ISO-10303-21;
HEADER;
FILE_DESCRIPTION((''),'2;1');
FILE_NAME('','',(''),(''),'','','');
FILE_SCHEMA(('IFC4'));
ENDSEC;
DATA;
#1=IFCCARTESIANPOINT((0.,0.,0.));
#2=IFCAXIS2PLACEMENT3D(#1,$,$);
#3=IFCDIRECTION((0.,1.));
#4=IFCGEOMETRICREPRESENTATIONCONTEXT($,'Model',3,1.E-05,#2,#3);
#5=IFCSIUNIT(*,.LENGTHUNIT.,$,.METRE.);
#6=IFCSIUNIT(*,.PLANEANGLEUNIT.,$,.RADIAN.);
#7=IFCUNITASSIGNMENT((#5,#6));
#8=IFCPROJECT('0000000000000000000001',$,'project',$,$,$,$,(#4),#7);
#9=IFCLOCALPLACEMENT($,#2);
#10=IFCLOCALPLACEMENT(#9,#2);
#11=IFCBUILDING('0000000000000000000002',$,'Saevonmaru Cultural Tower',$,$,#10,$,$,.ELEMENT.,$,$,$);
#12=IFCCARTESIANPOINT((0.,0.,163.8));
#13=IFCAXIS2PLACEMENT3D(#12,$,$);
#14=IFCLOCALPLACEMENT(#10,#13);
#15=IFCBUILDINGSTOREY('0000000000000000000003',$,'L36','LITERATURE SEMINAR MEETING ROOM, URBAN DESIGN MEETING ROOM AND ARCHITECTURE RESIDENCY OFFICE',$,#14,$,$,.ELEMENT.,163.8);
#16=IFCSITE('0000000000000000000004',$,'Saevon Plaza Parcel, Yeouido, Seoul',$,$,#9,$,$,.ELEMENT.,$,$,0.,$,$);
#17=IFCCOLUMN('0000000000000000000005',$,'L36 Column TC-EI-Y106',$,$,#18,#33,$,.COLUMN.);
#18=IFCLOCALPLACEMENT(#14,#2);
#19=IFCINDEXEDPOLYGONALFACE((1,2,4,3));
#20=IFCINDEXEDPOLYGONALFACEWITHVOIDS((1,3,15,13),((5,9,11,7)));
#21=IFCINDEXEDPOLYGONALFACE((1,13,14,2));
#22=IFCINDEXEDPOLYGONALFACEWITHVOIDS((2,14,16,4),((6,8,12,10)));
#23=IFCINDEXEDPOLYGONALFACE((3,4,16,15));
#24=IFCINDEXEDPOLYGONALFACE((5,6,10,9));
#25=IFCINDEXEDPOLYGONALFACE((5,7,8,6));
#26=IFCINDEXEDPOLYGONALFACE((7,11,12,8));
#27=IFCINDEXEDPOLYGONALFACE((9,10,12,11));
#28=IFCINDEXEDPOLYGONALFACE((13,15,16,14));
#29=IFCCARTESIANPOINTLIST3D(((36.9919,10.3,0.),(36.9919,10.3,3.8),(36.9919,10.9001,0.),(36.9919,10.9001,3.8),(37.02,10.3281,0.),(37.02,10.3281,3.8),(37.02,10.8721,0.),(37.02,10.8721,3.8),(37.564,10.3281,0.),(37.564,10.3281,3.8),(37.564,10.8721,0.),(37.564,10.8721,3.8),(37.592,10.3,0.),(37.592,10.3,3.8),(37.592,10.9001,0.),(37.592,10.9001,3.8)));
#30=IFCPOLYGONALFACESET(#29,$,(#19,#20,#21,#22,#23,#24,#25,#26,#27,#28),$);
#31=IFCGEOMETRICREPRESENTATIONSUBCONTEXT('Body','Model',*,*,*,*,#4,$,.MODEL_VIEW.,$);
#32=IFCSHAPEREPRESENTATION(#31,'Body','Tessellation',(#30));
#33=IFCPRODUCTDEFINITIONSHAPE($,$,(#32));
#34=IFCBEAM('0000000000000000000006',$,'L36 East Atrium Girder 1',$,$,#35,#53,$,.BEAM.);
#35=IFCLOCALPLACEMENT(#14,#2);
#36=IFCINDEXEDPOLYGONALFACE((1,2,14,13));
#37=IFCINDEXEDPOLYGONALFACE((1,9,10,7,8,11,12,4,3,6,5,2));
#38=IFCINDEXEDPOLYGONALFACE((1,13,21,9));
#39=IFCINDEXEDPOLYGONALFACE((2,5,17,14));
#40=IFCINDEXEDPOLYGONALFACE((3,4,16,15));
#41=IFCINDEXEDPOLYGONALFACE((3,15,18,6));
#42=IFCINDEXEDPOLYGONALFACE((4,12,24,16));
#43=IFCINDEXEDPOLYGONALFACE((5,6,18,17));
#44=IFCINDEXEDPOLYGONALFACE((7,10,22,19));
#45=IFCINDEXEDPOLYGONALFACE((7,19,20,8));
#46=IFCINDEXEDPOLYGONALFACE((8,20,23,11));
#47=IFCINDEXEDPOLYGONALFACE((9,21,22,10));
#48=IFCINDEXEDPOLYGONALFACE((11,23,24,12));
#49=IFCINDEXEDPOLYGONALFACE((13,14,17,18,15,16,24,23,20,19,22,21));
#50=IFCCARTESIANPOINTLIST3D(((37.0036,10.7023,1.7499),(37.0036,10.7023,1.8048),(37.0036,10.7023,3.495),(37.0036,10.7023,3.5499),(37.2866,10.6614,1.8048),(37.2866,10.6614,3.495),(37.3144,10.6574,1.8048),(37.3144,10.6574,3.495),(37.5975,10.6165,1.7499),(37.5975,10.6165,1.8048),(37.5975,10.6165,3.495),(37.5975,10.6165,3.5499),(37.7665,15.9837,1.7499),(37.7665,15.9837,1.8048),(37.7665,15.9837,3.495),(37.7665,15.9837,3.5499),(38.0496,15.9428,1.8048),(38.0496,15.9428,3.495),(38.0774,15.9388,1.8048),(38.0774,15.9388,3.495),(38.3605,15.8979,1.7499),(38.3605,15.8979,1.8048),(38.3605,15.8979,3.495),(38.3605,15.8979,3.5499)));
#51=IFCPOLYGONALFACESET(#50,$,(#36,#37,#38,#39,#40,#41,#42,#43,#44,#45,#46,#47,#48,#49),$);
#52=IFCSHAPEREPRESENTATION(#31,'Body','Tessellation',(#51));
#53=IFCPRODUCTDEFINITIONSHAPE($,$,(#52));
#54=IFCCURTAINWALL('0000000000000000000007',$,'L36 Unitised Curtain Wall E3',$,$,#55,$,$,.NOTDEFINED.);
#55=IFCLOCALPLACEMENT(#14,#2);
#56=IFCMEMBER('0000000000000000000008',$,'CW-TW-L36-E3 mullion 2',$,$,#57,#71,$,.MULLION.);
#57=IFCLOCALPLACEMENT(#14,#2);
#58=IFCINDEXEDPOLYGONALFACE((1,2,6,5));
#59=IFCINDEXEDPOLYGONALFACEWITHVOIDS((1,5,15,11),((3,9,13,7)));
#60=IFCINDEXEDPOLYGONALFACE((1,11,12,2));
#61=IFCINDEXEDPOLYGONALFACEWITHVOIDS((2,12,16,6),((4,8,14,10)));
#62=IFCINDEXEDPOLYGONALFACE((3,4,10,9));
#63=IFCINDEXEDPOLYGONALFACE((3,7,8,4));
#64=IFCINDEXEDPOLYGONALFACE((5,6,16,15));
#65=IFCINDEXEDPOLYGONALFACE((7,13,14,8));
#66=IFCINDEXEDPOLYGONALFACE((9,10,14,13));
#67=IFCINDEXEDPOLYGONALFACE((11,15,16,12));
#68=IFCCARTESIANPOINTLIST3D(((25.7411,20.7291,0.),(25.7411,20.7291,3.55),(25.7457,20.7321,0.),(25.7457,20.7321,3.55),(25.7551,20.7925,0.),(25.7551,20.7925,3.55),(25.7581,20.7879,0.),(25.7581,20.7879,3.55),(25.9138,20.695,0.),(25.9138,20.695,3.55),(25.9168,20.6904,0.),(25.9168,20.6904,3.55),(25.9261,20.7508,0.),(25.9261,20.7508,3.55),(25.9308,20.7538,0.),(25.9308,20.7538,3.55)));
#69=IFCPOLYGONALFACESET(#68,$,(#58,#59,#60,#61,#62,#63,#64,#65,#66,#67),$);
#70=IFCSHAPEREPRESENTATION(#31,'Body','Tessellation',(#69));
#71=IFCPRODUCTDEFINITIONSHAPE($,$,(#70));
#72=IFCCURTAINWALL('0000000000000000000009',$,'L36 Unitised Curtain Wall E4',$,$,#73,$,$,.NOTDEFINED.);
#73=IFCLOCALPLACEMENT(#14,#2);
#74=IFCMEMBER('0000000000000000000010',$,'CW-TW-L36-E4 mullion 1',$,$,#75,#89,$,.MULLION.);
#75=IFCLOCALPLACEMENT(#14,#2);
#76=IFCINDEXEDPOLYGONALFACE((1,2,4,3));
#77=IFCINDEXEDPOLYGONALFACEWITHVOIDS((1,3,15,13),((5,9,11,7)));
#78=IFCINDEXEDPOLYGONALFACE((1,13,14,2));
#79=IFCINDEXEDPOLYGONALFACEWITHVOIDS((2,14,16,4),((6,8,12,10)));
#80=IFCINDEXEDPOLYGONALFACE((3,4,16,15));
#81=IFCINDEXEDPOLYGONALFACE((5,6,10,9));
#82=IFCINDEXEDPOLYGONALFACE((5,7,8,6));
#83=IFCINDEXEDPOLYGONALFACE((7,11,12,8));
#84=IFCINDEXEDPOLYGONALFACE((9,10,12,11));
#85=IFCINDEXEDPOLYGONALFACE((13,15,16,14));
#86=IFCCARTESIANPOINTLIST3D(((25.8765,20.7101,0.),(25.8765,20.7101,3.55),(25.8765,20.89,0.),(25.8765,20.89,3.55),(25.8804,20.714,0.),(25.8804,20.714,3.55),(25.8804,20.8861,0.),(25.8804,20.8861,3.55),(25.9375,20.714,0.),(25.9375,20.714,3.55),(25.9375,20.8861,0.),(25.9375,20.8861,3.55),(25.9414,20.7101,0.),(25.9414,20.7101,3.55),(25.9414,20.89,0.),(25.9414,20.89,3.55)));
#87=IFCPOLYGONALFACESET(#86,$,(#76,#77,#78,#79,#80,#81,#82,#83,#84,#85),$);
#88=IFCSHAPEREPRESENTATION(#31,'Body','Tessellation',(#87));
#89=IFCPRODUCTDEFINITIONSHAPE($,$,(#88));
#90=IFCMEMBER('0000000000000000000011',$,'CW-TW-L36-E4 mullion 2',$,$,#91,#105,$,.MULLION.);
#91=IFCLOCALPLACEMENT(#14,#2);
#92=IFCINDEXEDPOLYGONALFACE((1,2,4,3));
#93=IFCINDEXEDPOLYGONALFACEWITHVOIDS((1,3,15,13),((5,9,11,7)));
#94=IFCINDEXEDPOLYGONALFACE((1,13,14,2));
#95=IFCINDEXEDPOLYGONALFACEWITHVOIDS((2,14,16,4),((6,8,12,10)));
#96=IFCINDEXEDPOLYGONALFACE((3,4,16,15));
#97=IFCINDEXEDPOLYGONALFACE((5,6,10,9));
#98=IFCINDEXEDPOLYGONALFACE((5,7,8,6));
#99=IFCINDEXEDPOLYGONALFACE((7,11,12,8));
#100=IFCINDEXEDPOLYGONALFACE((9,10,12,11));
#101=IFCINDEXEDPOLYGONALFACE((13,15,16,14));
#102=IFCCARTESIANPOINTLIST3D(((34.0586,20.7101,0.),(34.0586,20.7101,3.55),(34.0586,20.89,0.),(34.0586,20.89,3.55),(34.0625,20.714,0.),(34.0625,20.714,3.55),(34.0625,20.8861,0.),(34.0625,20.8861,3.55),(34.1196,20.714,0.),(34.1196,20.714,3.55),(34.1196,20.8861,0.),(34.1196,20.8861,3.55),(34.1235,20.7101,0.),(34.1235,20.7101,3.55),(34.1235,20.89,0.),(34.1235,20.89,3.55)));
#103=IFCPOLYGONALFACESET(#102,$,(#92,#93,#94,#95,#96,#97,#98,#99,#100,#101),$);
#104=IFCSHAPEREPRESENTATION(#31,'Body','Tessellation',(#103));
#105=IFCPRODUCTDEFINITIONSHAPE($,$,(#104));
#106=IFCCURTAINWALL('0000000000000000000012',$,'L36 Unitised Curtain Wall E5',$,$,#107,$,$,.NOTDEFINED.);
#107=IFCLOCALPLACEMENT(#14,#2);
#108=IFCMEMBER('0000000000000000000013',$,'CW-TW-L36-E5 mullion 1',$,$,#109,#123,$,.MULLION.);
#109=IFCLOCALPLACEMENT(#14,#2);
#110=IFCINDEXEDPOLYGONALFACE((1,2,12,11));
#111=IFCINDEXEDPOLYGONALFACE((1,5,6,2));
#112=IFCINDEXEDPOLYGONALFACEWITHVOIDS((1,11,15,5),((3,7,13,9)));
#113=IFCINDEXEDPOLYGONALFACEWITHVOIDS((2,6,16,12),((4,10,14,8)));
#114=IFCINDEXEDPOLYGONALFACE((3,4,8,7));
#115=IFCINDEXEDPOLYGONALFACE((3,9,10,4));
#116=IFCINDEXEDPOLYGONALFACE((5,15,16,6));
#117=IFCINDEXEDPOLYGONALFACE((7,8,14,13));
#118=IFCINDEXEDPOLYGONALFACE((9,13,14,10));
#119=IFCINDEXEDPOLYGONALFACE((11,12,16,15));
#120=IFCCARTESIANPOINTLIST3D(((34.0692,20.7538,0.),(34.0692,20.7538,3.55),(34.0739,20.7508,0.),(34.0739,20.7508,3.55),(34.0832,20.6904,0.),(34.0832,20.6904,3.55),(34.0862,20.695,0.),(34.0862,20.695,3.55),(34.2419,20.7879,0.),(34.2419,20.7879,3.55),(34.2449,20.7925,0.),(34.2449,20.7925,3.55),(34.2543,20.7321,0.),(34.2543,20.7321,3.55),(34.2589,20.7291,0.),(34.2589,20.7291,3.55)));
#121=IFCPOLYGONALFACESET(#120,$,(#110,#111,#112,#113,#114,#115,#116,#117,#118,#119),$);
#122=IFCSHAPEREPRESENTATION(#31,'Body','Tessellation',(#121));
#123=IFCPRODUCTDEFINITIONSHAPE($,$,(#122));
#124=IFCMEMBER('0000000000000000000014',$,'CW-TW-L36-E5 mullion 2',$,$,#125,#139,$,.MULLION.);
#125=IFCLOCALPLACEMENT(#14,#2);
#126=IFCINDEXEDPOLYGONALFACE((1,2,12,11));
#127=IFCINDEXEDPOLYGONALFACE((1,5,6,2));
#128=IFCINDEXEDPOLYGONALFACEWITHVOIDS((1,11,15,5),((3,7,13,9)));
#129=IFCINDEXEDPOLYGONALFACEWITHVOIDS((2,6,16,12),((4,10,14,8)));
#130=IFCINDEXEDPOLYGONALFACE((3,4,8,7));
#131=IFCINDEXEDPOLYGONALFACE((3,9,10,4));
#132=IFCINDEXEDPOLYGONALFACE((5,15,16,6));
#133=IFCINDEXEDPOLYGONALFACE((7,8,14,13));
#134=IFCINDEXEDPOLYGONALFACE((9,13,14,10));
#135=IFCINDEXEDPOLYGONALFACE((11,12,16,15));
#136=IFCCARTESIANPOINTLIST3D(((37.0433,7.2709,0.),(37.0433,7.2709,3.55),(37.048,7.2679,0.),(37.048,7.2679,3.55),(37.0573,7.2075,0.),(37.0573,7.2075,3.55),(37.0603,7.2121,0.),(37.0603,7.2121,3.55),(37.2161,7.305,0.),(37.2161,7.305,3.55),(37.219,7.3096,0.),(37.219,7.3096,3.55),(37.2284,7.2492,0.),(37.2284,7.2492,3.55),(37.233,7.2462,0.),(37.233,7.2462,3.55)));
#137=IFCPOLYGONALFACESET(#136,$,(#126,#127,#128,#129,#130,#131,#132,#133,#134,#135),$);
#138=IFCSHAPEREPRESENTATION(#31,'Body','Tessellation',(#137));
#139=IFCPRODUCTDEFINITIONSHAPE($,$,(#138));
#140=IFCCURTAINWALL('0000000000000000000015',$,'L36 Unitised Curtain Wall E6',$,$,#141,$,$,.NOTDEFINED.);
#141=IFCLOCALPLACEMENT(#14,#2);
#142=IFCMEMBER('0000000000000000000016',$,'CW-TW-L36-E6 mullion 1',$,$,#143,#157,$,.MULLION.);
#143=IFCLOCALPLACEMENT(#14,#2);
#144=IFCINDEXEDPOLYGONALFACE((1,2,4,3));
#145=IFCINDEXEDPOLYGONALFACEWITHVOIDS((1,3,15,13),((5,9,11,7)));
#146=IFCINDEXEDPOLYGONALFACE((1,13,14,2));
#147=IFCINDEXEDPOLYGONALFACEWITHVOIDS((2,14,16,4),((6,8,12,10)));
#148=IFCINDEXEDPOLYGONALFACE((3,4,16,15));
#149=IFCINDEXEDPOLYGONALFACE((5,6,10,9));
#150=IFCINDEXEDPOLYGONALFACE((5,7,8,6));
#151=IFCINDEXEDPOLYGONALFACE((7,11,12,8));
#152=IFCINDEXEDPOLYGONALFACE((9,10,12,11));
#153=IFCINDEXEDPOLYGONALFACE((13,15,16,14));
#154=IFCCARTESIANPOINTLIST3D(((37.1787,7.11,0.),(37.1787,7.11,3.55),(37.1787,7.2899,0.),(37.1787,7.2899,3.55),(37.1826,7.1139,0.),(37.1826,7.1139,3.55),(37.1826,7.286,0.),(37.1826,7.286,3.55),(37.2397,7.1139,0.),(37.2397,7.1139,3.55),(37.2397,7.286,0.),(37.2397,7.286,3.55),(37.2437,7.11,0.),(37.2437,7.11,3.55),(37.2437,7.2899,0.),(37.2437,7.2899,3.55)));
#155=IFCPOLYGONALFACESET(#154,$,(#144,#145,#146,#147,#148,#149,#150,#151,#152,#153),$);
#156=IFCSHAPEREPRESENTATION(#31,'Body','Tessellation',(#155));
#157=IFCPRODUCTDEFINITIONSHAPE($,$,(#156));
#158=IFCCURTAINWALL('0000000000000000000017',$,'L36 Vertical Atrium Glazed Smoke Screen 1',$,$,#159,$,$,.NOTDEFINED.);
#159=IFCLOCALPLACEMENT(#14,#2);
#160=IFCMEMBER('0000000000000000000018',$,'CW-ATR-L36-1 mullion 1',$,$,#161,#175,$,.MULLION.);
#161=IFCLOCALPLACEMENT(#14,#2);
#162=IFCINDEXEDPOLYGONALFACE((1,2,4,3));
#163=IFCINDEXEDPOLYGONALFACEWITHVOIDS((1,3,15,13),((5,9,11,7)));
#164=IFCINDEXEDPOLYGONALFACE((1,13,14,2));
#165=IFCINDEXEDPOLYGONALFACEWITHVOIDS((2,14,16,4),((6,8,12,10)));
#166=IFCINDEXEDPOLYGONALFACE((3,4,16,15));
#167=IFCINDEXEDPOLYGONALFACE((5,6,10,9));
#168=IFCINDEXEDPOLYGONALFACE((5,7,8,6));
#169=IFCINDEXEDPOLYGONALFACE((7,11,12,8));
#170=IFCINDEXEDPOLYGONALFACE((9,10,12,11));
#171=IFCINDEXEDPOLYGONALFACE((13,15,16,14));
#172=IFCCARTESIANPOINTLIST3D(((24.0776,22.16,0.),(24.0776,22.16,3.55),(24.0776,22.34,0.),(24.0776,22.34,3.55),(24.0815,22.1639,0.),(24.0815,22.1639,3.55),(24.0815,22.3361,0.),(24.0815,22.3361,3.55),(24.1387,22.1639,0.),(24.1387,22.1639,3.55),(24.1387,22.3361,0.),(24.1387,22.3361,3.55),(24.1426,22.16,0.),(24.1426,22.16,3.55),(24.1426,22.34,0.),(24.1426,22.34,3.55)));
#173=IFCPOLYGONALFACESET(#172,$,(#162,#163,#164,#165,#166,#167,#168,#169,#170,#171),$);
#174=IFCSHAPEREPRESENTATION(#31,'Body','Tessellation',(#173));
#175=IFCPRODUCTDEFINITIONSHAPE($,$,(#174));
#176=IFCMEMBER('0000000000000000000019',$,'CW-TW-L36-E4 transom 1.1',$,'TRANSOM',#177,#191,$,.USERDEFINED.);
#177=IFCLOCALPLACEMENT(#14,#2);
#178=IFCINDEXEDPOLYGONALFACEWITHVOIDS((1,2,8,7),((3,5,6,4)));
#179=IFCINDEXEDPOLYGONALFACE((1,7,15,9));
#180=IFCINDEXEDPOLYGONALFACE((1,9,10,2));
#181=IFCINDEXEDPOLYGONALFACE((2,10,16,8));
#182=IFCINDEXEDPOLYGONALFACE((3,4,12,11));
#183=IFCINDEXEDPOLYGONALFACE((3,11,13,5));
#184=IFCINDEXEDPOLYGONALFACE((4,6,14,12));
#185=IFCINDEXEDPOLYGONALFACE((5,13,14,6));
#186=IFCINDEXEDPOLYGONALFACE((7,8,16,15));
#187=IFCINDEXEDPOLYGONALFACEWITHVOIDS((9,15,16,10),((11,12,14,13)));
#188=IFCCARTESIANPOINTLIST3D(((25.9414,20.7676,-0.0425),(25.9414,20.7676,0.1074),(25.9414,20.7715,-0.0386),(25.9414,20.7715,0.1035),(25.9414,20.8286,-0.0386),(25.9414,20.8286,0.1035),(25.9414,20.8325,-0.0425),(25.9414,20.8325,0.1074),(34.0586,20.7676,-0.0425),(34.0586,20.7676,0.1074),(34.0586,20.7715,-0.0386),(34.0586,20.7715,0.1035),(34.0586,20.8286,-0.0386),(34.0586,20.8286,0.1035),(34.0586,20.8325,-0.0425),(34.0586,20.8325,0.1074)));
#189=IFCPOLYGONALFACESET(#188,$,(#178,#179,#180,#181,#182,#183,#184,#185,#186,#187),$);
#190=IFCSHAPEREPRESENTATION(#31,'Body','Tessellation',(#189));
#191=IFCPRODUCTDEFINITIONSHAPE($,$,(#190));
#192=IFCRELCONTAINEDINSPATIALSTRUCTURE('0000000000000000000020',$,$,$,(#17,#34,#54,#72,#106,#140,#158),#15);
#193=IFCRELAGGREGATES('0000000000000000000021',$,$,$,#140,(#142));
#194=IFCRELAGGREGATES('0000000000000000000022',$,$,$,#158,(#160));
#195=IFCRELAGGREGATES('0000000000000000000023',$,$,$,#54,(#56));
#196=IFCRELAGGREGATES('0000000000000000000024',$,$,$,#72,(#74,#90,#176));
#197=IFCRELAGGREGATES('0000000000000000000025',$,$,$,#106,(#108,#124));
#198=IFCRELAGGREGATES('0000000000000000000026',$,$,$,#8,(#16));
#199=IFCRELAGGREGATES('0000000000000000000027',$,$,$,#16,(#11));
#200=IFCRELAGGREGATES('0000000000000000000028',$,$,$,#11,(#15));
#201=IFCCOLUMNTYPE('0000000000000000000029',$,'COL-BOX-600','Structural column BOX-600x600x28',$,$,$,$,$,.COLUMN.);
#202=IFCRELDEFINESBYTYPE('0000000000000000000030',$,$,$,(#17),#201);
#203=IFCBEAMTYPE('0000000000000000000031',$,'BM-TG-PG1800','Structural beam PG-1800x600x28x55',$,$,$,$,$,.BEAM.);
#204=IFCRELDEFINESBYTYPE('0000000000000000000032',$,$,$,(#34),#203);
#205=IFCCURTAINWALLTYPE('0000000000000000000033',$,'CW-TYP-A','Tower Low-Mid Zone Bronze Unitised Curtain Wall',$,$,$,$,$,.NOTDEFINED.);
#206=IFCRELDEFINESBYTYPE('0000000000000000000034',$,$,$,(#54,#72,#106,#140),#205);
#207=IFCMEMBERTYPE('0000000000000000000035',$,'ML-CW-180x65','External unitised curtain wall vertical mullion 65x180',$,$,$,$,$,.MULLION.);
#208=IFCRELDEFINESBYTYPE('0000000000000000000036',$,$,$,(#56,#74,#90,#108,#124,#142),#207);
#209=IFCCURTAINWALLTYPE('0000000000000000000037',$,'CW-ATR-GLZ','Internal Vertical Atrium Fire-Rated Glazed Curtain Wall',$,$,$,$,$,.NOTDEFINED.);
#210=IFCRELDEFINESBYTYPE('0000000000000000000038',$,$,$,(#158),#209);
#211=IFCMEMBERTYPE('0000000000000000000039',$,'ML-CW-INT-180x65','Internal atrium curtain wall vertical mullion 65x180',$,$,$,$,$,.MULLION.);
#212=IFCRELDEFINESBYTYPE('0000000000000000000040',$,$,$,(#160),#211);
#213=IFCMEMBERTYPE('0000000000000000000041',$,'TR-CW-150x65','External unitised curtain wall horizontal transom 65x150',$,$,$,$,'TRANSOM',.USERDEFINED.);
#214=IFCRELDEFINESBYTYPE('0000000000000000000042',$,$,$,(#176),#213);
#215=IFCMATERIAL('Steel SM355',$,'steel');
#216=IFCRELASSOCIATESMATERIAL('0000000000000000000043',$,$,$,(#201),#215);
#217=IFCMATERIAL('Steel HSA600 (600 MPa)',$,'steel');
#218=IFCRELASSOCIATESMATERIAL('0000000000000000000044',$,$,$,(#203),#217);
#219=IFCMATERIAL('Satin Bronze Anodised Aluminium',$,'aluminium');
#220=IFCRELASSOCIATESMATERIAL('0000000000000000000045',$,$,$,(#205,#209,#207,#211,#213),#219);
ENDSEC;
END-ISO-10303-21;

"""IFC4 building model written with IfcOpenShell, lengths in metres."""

from ifc_helpers import new_model, si_unit, direction, frame, origin, origin_2d, place, context, subcontext, project, spatial, hollow_rectangle, i_section, extrude, material, material_profile, profile_set, type_object, element, aggregate, save


model = new_model("IFC4")

# Units and contexts
model_context = context("Model", 3, precision=1e-05, world=origin(), true_north=direction((0.0, 1.0)))
body_context = subcontext(model_context, "Body", "Model", "MODEL_VIEW")
ifc_project = project(units=[si_unit("LENGTHUNIT", "METRE"), si_unit("PLANEANGLEUNIT", "RADIAN")], contexts=[model_context])

# Site, building, storey
site_placement = place(None, origin())
site = spatial("IfcSite", under=ifc_project, at=site_placement, Name="Saevon Plaza Parcel, Yeouido, Seoul", CompositionType="ELEMENT", RefElevation=0.0)
building_placement = place(site_placement, origin())
building = spatial("IfcBuilding", under=site, at=building_placement, Name="Saevonmaru Cultural Tower", CompositionType="ELEMENT")
storey_placement = place(building_placement, frame((0.0, 0.0, 163.8)))
storey = spatial("IfcBuildingStorey", under=building, at=storey_placement, Name="L36", Description="LITERATURE SEMINAR MEETING ROOM, URBAN DESIGN MEETING ROOM AND ARCHITECTURE RESIDENCY OFFICE", CompositionType="ELEMENT", Elevation=163.8)

# Column
ifc_material_1 = material(Name="Steel SM355", Category="steel")
ifc_material_profile_1 = material_profile(ifc_material_1, hollow_rectangle(XDim=0.6001, YDim=0.6001, WallThickness=0.0281, at=origin_2d()), Name="BOX-600x600x28")
ifc_profile_set_1 = profile_set([ifc_material_profile_1], Name="Steel SM355")
column_type = type_object("IfcColumnType", Name="COL-BOX-600", Description="Structural column BOX-600x600x28", PredefinedType="COLUMN", material=ifc_profile_set_1)
column_placement = place(storey_placement, frame((37.292, 10.6001, 0.0), z_axis=(0.0, 0.0, 1.0), x_axis=(1.0, 0.0, 0.0)))
element("IfcColumn", 1, at=column_placement, inside=storey, type_object=column_type, Name="L36 Column TC-EI-Y106", PredefinedType="COLUMN", context=body_context, shape_type="SweptSolid", body=[
    extrude(hollow_rectangle(XDim=0.6001, YDim=0.6001, WallThickness=0.0281, at=origin_2d()), origin(), (0.0, 0.0, 1.0), 3.8),
])

# Beam
ifc_material_2 = material(Name="Steel HSA600 (600 MPa)", Category="steel")
ifc_material_profile_2 = material_profile(ifc_material_2, i_section(OverallWidth=0.6001, OverallDepth=1.8, WebThickness=0.0281, FlangeThickness=0.0549, at=origin_2d()), Name="PG-1800x600x28x55")
ifc_profile_set_2 = profile_set([ifc_material_profile_2], Name="Steel HSA600 (600 MPa)")
beam_type = type_object("IfcBeamType", Name="BM-TG-PG1800", Description="Structural beam PG-1800x600x28x55", PredefinedType="BEAM", material=ifc_profile_set_2)
beam_placement = place(storey_placement, frame((37.3005, 10.6594, 2.6499), z_axis=(0.142978, 0.989726, 0.0), x_axis=(-0.989726, 0.142978, 0.0)))
element("IfcBeam", 2, at=beam_placement, inside=storey, type_object=beam_type, Name="L36 East Atrium Girder 1", PredefinedType="BEAM", context=body_context, shape_type="SweptSolid", body=[
    extrude(i_section(OverallWidth=0.6001, OverallDepth=1.8, WebThickness=0.0281, FlangeThickness=0.0549, at=origin_2d()), origin(), (0.0, 0.0, 1.0), 5.3362),
])

# Curtain wall, member
ifc_material_3 = material(Name="Satin Bronze Anodised Aluminium", Category="aluminium")
curtain_wall_type_1 = type_object("IfcCurtainWallType", Name="CW-TYP-A", Description="Tower Low-Mid Zone Bronze Unitised Curtain Wall", PredefinedType="NOTDEFINED", material=ifc_material_3)
curtain_wall_1_placement = place(storey_placement, origin())
curtain_wall_1 = element("IfcCurtainWall", 3, at=curtain_wall_1_placement, inside=storey, type_object=curtain_wall_type_1, Name="L36 Unitised Curtain Wall E3", PredefinedType="NOTDEFINED")
ifc_material_profile_3 = material_profile(ifc_material_3, hollow_rectangle(XDim=0.0649, YDim=0.1799, WallThickness=0.0039, at=origin_2d()), Name="ALU-MULL-180x65x4")
ifc_profile_set_3 = profile_set([ifc_material_profile_3], Name="Satin Bronze Anodised Aluminium")
member_type_1 = type_object("IfcMemberType", Name="ML-CW-180x65", Description="External unitised curtain wall vertical mullion 65x180", PredefinedType="MULLION", material=ifc_profile_set_3)
member_1_placement = place(storey_placement, frame((25.8359, 20.7415, 0.0), z_axis=(0.0, 0.0, 1.0), x_axis=(0.215413, 0.976523, 0.0)))
member_1 = element("IfcMember", 4, at=member_1_placement, type_object=member_type_1, Name="CW-TW-L36-E3 mullion 2", PredefinedType="MULLION", context=body_context, shape_type="SweptSolid", body=[
    extrude(hollow_rectangle(XDim=0.0649, YDim=0.1799, WallThickness=0.0039, at=origin_2d()), origin(), (0.0, 0.0, 1.0), 3.55),
])

# Curtain walls, members
curtain_wall_2_placement = place(storey_placement, origin())
curtain_wall_2 = element("IfcCurtainWall", 5, at=curtain_wall_2_placement, inside=storey, type_object=curtain_wall_type_1, Name="L36 Unitised Curtain Wall E4", PredefinedType="NOTDEFINED")
member_2_placement = place(storey_placement, frame((25.9089, 20.8, 0.0), z_axis=(0.0, 0.0, 1.0), x_axis=(1.0, 0.0, 0.0)))
member_2 = element("IfcMember", 6, at=member_2_placement, type_object=member_type_1, Name="CW-TW-L36-E4 mullion 1", PredefinedType="MULLION", context=body_context, shape_type="SweptSolid", body=[
    extrude(hollow_rectangle(XDim=0.0649, YDim=0.1799, WallThickness=0.0039, at=origin_2d()), origin(), (0.0, 0.0, 1.0), 3.55),
])
member_3_placement = place(storey_placement, frame((34.0911, 20.8, 0.0), z_axis=(0.0, 0.0, 1.0), x_axis=(1.0, 0.0, 0.0)))
member_3 = element("IfcMember", 7, at=member_3_placement, type_object=member_type_1, Name="CW-TW-L36-E4 mullion 2", PredefinedType="MULLION", context=body_context, shape_type="SweptSolid", body=[
    extrude(hollow_rectangle(XDim=0.0649, YDim=0.1799, WallThickness=0.0039, at=origin_2d()), origin(), (0.0, 0.0, 1.0), 3.55),
])
curtain_wall_3_placement = place(storey_placement, origin())
curtain_wall_3 = element("IfcCurtainWall", 8, at=curtain_wall_3_placement, inside=storey, type_object=curtain_wall_type_1, Name="L36 Unitised Curtain Wall E5", PredefinedType="NOTDEFINED")
member_4_placement = place(storey_placement, frame((34.1641, 20.7415, 0.0), z_axis=(0.0, 0.0, 1.0), x_axis=(0.215413, -0.976523, 0.0)))
member_4 = element("IfcMember", 9, at=member_4_placement, type_object=member_type_1, Name="CW-TW-L36-E5 mullion 1", PredefinedType="MULLION", context=body_context, shape_type="SweptSolid", body=[
    extrude(hollow_rectangle(XDim=0.0649, YDim=0.1799, WallThickness=0.0039, at=origin_2d()), origin(), (0.0, 0.0, 1.0), 3.55),
])
member_5_placement = place(storey_placement, frame((37.1382, 7.2585, 0.0), z_axis=(0.0, 0.0, 1.0), x_axis=(0.215413, -0.976523, 0.0)))
member_5 = element("IfcMember", 10, at=member_5_placement, type_object=member_type_1, Name="CW-TW-L36-E5 mullion 2", PredefinedType="MULLION", context=body_context, shape_type="SweptSolid", body=[
    extrude(hollow_rectangle(XDim=0.0649, YDim=0.1799, WallThickness=0.0039, at=origin_2d()), origin(), (0.0, 0.0, 1.0), 3.55),
])

# Curtain walls, members
curtain_wall_4_placement = place(storey_placement, origin())
curtain_wall_4 = element("IfcCurtainWall", 11, at=curtain_wall_4_placement, inside=storey, type_object=curtain_wall_type_1, Name="L36 Unitised Curtain Wall E6", PredefinedType="NOTDEFINED")
member_6_placement = place(storey_placement, frame((37.2112, 7.2, 0.0), z_axis=(0.0, 0.0, 1.0), x_axis=(1.0, 0.0, 0.0)))
member_6 = element("IfcMember", 12, at=member_6_placement, type_object=member_type_1, Name="CW-TW-L36-E6 mullion 1", PredefinedType="MULLION", context=body_context, shape_type="SweptSolid", body=[
    extrude(hollow_rectangle(XDim=0.0649, YDim=0.1799, WallThickness=0.0039, at=origin_2d()), origin(), (0.0, 0.0, 1.0), 3.55),
])
curtain_wall_type_2 = type_object("IfcCurtainWallType", Name="CW-ATR-GLZ", Description="Internal Vertical Atrium Fire-Rated Glazed Curtain Wall", PredefinedType="NOTDEFINED", material=ifc_material_3)
curtain_wall_5_placement = place(storey_placement, origin())
curtain_wall_5 = element("IfcCurtainWall", 13, at=curtain_wall_5_placement, inside=storey, type_object=curtain_wall_type_2, Name="L36 Vertical Atrium Glazed Smoke Screen 1", PredefinedType="NOTDEFINED")
ifc_material_profile_4 = material_profile(ifc_material_3, hollow_rectangle(XDim=0.0649, YDim=0.1799, WallThickness=0.0039, at=origin_2d()), Name="ALU-MULL-180x65x4")
ifc_profile_set_4 = profile_set([ifc_material_profile_4], Name="Satin Bronze Anodised Aluminium")
member_type_2 = type_object("IfcMemberType", Name="ML-CW-INT-180x65", Description="Internal atrium curtain wall vertical mullion 65x180", PredefinedType="MULLION", material=ifc_profile_set_4)
member_7_placement = place(storey_placement, frame((24.1101, 22.25, 0.0), z_axis=(0.0, 0.0, 1.0), x_axis=(1.0, 0.0, 0.0)))
member_7 = element("IfcMember", 14, at=member_7_placement, type_object=member_type_2, Name="CW-ATR-L36-1 mullion 1", PredefinedType="MULLION", context=body_context, shape_type="SweptSolid", body=[
    extrude(hollow_rectangle(XDim=0.0649, YDim=0.1799, WallThickness=0.0039, at=origin_2d()), origin(), (0.0, 0.0, 1.0), 3.55),
])

# Member
ifc_material_profile_5 = material_profile(ifc_material_3, hollow_rectangle(XDim=0.0649, YDim=0.1499, WallThickness=0.0039, at=origin_2d()), Name="ALU-TRAN-150x65x4")
ifc_profile_set_5 = profile_set([ifc_material_profile_5], Name="Satin Bronze Anodised Aluminium")
member_type_3 = type_object("IfcMemberType", Name="TR-CW-150x65", Description="External unitised curtain wall horizontal transom 65x150", ElementType="TRANSOM", PredefinedType="USERDEFINED", material=ifc_profile_set_5)
member_8_placement = place(storey_placement, frame((25.9414, 20.8, 0.0325), z_axis=(1.0, 0.0, 0.0), x_axis=(0.0, 1.0, 0.0)))
member_8 = element("IfcMember", 15, at=member_8_placement, type_object=member_type_3, Name="CW-TW-L36-E4 transom 1.1", ObjectType="TRANSOM", PredefinedType="USERDEFINED", context=body_context, shape_type="SweptSolid", body=[
    extrude(hollow_rectangle(XDim=0.0649, YDim=0.1499, WallThickness=0.0039, at=origin_2d()), origin(), (0.0, 0.0, 1.0), 8.1172),
])
aggregate(curtain_wall_4, [member_6])
aggregate(curtain_wall_5, [member_7])

aggregate(curtain_wall_1, [member_1])
aggregate(curtain_wall_2, [member_2, member_3, member_8])
aggregate(curtain_wall_3, [member_4, member_5])

save(model, "model.ifc")
